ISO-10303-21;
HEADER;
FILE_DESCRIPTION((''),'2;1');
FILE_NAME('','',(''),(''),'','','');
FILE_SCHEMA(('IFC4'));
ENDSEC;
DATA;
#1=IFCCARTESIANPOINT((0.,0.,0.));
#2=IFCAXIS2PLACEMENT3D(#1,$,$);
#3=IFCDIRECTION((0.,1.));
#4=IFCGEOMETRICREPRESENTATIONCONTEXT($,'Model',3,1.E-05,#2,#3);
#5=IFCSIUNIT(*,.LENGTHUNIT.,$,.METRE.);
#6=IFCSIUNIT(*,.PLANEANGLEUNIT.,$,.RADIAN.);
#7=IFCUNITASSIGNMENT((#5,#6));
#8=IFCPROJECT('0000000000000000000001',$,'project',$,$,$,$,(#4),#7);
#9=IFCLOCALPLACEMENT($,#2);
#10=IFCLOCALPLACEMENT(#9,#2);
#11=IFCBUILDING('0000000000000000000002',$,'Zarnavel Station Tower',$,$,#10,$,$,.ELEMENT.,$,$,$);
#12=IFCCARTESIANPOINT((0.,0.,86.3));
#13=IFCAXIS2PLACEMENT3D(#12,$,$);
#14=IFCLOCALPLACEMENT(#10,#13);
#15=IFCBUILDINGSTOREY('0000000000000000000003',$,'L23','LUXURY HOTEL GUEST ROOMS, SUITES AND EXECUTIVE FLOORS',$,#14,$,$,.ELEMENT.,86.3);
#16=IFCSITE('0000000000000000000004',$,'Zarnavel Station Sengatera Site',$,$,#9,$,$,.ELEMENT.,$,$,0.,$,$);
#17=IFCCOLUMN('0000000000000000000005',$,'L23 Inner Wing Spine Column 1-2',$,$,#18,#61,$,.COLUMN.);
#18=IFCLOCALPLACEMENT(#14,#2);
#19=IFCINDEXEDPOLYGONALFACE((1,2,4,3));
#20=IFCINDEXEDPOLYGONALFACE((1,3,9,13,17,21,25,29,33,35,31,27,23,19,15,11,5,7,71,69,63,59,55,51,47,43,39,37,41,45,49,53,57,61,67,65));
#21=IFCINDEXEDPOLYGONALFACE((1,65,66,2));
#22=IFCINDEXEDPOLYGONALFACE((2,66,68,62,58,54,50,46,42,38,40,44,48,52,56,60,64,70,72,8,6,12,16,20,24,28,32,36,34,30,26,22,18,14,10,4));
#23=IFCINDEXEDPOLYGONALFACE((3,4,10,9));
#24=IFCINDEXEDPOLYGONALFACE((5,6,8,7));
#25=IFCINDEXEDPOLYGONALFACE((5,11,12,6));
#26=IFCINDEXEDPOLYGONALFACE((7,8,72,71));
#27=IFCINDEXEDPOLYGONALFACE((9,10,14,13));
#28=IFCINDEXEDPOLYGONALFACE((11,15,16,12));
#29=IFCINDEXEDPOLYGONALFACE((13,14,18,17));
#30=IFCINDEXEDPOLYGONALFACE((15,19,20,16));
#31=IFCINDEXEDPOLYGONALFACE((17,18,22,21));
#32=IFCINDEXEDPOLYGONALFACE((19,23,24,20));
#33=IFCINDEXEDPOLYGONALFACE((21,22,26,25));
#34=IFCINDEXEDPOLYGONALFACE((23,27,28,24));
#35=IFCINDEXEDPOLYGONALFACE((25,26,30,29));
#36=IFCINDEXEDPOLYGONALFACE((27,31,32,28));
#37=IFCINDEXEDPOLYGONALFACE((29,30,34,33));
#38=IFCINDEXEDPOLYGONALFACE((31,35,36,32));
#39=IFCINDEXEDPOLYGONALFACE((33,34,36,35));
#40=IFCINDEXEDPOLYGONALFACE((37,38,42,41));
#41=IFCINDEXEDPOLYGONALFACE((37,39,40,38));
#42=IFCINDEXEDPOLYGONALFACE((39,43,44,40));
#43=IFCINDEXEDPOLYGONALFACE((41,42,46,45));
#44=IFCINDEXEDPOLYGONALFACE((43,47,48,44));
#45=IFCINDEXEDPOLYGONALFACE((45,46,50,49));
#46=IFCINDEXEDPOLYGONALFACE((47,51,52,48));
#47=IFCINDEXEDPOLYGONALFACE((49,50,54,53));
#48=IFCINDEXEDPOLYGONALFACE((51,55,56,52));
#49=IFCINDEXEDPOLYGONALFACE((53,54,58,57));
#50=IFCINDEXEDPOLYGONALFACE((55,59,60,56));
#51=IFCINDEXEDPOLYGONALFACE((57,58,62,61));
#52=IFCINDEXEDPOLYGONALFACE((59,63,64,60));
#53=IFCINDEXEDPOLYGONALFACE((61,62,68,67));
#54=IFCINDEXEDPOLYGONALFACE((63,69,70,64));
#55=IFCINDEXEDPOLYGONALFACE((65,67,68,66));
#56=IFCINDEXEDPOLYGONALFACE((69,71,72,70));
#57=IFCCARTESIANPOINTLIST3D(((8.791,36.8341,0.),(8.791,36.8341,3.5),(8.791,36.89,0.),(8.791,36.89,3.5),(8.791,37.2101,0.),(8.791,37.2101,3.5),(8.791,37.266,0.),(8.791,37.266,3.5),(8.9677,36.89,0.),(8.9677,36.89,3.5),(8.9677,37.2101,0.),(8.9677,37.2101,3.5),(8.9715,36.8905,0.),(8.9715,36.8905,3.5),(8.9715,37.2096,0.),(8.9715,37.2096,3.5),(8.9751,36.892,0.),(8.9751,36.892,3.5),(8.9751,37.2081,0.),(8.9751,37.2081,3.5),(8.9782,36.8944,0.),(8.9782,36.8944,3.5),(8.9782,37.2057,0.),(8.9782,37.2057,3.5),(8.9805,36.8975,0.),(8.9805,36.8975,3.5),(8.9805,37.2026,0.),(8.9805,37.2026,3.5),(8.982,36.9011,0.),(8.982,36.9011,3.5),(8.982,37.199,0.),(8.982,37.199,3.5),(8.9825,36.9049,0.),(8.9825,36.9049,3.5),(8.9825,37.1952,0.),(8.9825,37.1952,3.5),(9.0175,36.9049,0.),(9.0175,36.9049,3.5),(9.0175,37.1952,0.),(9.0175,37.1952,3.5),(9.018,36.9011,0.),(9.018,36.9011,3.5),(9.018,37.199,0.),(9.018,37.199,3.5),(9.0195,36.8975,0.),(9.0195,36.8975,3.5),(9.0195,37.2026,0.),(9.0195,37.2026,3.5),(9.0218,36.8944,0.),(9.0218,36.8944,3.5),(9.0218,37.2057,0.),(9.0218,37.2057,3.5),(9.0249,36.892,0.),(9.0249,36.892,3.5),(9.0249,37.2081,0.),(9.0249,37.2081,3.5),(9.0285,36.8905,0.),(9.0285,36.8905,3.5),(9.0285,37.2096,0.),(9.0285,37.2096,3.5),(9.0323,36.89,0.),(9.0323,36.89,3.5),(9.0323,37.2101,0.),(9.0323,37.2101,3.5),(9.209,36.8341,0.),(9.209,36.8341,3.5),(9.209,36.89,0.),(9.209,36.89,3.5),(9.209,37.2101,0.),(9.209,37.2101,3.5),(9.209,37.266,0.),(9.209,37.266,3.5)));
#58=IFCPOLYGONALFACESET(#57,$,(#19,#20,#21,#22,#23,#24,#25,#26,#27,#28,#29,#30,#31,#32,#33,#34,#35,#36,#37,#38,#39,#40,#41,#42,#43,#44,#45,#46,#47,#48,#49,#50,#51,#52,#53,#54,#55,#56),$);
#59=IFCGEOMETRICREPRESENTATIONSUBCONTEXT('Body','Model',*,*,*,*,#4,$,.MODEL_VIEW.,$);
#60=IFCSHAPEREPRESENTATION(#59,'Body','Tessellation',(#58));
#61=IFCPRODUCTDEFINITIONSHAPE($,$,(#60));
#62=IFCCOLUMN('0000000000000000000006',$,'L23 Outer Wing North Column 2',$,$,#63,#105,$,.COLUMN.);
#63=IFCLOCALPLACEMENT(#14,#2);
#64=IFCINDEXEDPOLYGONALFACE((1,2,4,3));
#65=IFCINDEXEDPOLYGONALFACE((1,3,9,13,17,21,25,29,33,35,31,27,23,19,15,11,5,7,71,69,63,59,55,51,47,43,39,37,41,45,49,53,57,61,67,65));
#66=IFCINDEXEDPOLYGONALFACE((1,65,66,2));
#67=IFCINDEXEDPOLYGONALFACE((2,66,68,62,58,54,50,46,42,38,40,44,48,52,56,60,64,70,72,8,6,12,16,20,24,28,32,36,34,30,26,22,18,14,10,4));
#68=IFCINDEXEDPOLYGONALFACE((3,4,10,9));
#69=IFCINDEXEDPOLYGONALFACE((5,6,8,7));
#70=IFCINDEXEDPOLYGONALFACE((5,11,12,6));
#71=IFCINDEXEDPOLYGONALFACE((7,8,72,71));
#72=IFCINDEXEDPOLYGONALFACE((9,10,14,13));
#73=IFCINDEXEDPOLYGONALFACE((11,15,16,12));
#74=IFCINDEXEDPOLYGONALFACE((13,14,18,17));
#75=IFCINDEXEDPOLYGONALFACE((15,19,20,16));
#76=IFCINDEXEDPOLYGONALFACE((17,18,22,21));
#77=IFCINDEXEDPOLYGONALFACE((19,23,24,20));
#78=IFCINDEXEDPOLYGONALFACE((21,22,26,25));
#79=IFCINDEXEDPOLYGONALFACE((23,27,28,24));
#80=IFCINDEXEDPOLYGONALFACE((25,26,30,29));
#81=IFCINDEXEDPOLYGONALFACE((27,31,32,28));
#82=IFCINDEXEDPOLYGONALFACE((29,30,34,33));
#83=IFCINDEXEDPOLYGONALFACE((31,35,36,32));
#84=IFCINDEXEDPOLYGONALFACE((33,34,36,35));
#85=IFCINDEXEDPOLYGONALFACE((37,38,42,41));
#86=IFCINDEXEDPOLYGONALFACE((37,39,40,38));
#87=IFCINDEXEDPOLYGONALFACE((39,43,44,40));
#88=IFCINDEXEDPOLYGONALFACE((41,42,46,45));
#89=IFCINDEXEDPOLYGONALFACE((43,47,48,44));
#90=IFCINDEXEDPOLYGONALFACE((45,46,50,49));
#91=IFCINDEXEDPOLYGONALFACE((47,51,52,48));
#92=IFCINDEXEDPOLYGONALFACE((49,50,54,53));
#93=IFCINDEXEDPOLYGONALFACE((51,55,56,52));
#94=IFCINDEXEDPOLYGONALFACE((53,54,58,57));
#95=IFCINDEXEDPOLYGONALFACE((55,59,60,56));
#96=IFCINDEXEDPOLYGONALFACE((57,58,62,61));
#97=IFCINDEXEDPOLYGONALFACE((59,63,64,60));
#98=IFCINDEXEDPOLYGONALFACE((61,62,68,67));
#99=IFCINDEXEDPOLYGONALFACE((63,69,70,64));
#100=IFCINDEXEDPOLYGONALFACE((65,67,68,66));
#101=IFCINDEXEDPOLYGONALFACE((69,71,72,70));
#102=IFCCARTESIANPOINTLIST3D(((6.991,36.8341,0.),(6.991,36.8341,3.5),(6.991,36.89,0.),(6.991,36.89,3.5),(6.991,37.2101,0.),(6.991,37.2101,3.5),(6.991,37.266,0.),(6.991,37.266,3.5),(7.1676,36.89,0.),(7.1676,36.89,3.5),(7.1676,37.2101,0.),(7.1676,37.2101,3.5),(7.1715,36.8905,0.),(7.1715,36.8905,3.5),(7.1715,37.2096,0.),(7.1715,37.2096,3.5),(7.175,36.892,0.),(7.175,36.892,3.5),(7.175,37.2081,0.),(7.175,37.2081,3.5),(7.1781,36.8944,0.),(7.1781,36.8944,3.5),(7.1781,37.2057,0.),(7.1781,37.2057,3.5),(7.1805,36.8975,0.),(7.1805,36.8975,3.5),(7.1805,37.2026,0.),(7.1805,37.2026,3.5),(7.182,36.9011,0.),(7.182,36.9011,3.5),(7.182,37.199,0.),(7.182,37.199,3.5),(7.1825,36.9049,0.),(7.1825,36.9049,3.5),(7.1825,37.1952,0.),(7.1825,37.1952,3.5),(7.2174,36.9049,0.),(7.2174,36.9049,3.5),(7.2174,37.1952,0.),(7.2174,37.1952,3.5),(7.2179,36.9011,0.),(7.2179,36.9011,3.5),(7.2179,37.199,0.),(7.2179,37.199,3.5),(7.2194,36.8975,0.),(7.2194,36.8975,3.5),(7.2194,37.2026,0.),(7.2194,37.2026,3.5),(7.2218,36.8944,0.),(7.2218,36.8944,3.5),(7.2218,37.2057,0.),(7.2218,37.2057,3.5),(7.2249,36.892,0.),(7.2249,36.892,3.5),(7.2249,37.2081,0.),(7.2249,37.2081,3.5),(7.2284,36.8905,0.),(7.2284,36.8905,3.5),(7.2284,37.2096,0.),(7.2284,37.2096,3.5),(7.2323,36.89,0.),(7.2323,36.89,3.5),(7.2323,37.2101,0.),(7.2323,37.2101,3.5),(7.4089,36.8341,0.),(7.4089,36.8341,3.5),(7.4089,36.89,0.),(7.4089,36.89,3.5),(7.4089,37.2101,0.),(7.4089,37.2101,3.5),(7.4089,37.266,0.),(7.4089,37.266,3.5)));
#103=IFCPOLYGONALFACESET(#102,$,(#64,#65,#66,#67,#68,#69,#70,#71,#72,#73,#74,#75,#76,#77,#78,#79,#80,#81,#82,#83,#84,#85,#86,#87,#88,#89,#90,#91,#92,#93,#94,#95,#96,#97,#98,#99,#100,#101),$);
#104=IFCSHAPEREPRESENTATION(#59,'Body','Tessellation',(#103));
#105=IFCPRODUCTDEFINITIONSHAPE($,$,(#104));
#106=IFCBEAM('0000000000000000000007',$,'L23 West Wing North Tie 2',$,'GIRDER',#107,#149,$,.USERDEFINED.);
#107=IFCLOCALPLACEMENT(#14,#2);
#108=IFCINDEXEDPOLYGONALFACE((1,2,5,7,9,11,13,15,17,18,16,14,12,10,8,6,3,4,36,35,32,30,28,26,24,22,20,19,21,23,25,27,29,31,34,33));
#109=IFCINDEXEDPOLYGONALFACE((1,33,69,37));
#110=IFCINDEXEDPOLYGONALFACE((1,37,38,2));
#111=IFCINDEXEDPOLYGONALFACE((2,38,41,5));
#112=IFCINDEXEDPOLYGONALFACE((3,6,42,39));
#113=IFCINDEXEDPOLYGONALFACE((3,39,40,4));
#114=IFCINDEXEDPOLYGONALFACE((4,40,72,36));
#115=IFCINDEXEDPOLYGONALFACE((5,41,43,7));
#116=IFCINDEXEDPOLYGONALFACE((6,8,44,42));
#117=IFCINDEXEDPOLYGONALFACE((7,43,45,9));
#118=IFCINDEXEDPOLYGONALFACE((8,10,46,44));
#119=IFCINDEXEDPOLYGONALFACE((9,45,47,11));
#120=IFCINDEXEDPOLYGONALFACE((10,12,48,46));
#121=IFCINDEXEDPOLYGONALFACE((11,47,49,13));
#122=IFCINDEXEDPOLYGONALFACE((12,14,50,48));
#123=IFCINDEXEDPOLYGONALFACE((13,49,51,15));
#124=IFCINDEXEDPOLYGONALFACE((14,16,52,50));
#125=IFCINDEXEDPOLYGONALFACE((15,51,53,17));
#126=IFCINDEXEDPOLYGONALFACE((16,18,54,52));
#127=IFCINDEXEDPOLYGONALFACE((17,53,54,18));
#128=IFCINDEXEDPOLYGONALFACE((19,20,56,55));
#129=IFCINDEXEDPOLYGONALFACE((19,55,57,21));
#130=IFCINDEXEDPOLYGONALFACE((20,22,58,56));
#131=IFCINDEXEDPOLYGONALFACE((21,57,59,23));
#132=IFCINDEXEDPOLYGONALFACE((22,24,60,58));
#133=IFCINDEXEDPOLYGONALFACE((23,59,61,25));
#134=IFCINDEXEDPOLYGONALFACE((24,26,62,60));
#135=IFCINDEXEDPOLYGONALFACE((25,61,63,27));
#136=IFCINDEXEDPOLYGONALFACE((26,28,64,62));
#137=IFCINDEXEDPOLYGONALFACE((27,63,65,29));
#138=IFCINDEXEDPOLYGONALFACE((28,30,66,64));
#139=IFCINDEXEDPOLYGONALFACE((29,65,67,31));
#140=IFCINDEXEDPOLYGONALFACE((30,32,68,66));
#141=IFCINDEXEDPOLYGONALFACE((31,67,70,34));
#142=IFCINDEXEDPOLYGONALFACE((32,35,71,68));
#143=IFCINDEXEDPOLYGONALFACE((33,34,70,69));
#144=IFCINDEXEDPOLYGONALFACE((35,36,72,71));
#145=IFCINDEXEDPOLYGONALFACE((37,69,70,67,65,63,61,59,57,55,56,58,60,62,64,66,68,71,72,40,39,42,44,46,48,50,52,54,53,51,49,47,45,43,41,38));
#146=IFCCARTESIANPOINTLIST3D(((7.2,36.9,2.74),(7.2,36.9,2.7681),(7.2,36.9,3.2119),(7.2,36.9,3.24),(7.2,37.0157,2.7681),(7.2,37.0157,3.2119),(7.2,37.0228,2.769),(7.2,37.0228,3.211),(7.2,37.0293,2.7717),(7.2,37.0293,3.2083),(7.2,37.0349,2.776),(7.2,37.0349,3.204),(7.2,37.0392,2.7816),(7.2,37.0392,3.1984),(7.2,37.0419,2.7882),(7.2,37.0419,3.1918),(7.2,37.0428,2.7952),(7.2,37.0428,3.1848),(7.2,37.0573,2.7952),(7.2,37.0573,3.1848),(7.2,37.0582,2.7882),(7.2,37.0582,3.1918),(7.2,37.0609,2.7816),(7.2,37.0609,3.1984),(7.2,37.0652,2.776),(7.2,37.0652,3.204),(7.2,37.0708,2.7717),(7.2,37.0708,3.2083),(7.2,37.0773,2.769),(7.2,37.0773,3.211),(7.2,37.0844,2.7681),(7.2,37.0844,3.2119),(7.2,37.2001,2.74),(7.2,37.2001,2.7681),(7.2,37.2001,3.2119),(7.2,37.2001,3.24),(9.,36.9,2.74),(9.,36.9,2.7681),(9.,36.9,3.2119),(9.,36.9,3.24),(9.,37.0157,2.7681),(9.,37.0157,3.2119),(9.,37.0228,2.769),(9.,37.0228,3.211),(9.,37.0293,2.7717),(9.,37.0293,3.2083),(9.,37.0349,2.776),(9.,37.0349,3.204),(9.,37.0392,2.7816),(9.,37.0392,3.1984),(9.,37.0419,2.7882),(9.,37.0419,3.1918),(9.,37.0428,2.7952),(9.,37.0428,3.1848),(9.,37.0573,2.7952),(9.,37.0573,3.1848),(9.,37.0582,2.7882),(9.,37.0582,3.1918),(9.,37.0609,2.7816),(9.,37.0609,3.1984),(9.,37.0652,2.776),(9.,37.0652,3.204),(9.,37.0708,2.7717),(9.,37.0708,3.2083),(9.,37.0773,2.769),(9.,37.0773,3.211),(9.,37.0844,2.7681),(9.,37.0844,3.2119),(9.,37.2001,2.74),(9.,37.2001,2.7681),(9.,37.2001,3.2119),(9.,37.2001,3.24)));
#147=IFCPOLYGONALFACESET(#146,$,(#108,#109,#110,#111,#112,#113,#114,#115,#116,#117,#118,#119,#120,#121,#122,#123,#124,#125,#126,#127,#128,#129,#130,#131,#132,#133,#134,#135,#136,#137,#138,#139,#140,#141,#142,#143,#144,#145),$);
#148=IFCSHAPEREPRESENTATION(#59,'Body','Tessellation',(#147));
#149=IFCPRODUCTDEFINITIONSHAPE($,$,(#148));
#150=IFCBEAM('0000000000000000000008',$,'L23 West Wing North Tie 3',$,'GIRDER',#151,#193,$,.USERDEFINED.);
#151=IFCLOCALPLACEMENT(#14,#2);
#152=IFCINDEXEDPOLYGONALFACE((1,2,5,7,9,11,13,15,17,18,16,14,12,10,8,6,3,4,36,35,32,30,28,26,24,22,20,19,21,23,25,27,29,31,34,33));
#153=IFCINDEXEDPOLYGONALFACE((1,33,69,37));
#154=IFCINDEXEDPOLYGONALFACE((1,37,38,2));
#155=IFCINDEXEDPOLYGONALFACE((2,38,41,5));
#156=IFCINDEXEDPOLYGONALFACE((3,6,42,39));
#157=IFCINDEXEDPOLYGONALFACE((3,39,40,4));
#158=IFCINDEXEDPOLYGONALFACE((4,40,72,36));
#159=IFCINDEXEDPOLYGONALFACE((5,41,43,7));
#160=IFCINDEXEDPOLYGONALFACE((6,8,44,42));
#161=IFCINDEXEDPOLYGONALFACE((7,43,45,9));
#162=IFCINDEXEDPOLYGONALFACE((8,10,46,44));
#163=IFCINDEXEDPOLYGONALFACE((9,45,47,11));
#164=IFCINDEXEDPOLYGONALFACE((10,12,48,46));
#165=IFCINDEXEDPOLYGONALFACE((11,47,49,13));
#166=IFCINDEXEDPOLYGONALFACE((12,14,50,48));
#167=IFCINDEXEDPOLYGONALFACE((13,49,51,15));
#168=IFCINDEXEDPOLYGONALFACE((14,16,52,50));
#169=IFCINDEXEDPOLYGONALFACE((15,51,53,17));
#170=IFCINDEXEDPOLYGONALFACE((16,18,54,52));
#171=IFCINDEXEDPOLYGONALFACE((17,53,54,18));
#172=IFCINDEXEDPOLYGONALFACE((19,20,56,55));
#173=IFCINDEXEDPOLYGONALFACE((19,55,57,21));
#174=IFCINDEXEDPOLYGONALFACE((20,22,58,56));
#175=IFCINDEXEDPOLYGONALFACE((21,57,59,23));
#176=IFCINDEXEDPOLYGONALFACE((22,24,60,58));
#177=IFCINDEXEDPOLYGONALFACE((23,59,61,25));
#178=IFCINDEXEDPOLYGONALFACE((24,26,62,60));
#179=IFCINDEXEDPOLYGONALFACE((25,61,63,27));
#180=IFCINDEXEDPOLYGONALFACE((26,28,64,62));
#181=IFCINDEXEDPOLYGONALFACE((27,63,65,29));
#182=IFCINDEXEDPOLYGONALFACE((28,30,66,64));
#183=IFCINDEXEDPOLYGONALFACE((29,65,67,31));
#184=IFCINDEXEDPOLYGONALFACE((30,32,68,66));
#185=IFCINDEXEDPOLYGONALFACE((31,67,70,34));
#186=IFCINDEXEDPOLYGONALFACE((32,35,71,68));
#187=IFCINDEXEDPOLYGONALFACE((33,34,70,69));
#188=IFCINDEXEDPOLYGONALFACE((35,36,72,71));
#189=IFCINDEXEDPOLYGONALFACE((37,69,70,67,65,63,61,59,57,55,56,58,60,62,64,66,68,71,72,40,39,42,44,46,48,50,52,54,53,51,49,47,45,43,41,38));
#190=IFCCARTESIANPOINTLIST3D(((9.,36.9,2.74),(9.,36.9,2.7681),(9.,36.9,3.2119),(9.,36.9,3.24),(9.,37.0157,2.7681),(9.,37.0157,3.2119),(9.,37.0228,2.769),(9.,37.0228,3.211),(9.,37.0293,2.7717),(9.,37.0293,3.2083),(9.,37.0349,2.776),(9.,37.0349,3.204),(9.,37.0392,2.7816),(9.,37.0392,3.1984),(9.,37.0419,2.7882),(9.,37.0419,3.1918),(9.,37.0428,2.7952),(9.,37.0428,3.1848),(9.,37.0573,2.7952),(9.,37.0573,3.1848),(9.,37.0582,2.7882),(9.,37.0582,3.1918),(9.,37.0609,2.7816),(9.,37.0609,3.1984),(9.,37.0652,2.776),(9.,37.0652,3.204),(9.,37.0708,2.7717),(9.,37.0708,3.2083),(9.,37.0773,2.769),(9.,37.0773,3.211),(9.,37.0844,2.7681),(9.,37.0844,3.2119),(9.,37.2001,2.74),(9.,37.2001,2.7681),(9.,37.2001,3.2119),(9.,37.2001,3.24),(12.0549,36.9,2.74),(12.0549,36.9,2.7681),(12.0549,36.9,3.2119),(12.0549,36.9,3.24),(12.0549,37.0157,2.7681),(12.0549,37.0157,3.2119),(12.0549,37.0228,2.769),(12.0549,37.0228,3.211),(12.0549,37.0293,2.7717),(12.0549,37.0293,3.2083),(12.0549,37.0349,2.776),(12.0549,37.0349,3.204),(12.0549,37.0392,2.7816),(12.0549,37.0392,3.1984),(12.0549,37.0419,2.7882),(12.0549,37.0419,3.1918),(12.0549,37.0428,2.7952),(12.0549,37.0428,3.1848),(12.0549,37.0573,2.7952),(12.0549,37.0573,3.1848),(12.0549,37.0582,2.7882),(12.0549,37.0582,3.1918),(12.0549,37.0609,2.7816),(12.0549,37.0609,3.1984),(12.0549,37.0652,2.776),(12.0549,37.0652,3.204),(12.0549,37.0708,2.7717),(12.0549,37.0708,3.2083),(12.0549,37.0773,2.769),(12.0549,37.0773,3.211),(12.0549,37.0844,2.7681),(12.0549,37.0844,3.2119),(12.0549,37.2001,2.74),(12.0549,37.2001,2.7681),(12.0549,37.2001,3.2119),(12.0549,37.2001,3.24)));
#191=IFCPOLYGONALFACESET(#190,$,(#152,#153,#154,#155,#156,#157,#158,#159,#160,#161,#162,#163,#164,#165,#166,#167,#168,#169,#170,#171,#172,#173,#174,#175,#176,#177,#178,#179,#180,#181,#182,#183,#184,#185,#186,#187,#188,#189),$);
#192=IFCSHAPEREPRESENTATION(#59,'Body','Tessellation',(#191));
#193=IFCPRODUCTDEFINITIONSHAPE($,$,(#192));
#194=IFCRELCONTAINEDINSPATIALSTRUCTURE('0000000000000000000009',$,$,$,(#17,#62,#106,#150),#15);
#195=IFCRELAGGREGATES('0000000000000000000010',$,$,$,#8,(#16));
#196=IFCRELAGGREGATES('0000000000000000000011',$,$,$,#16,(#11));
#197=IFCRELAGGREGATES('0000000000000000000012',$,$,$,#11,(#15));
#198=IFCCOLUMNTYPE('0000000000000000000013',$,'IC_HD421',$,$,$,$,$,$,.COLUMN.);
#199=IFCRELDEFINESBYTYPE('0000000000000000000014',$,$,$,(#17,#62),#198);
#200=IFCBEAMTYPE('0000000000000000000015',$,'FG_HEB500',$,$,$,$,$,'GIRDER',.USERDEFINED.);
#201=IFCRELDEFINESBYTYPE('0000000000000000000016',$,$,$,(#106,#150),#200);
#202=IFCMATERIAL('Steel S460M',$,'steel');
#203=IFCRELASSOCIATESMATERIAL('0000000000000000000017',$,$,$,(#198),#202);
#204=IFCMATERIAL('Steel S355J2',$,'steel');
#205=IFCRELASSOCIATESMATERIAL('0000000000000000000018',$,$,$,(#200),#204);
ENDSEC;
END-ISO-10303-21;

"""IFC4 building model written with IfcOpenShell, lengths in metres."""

from ifc_helpers import new_model, si_unit, direction, frame, origin, origin_2d, place, context, subcontext, project, spatial, i_section, extrude, material, material_profile, profile_set, type_object, element, save


model = new_model("IFC4")

# Units and contexts
model_context = context("Model", 3, precision=1e-05, world=origin(), true_north=direction((0.0, 1.0)))
body_context = subcontext(model_context, "Body", "Model", "MODEL_VIEW")
ifc_project = project(units=[si_unit("LENGTHUNIT", "METRE"), si_unit("PLANEANGLEUNIT", "RADIAN")], contexts=[model_context])

# Site, building, storey
site_placement = place(None, origin())
site = spatial("IfcSite", under=ifc_project, at=site_placement, Name="Zarnavel Station Sengatera Site", CompositionType="ELEMENT", RefElevation=0.0)
building_placement = place(site_placement, origin())
building = spatial("IfcBuilding", under=site, at=building_placement, Name="Zarnavel Station Tower", CompositionType="ELEMENT")
storey_placement = place(building_placement, frame((0.0, 0.0, 86.3)))
storey = spatial("IfcBuildingStorey", under=building, at=storey_placement, Name="L23", Description="LUXURY HOTEL GUEST ROOMS, SUITES AND EXECUTIVE FLOORS", CompositionType="ELEMENT", Elevation=86.3)

# Columns
ifc_material_1 = material(Name="Steel S460M", Category="steel")
ifc_material_profile_1 = material_profile(ifc_material_1, i_section(OverallWidth=0.418, OverallDepth=0.4319, WebThickness=0.0349, FlangeThickness=0.0559, FilletRadius=0.0149, at=origin_2d()), Name="HD400x421")
ifc_profile_set_1 = profile_set([ifc_material_profile_1], Name="Steel S460M")
column_type = type_object("IfcColumnType", Name="IC_HD421", PredefinedType="COLUMN", material=ifc_profile_set_1)
for number, where, z_axis, x_axis, name in (
    (1, (9.0, 37.05, 0.0), (0.0, 0.0, 1.0), (1.0, 0.0, 0.0), "L23 Inner Wing Spine Column 1-2"),
    (2, (7.2, 37.05, 0.0), (0.0, 0.0, 1.0), (1.0, 0.0, 0.0), "L23 Outer Wing North Column 2"),
):
    element("IfcColumn", number, at=place(storey_placement, frame(where, z_axis=z_axis, x_axis=x_axis)), inside=storey, type_object=column_type, Name=name, PredefinedType="COLUMN", context=body_context, shape_type="SweptSolid", body=[
        extrude(i_section(OverallWidth=0.418, OverallDepth=0.4319, WebThickness=0.0349, FlangeThickness=0.0559, FilletRadius=0.0149, at=origin_2d()), origin(), (0.0, 0.0, 1.0), 3.5),
    ])

# Beams
ifc_material_2 = material(Name="Steel S355J2", Category="steel")
ifc_material_profile_2 = material_profile(ifc_material_2, i_section(OverallWidth=0.3, OverallDepth=0.5, WebThickness=0.0144, FlangeThickness=0.0281, FilletRadius=0.0271, at=origin_2d()), Name="HEB500")
ifc_profile_set_2 = profile_set([ifc_material_profile_2], Name="Steel S355J2")
beam_type = type_object("IfcBeamType", Name="FG_HEB500", ElementType="GIRDER", PredefinedType="USERDEFINED", material=ifc_profile_set_2)
beam_1_placement = place(storey_placement, frame((7.2, 37.05, 2.99), z_axis=(1.0, 0.0, 0.0), x_axis=(0.0, 1.0, 0.0)))
element("IfcBeam", 3, at=beam_1_placement, inside=storey, type_object=beam_type, Name="L23 West Wing North Tie 2", ObjectType="GIRDER", PredefinedType="USERDEFINED", context=body_context, shape_type="SweptSolid", body=[
    extrude(i_section(OverallWidth=0.3, OverallDepth=0.5, WebThickness=0.0144, FlangeThickness=0.0281, FilletRadius=0.0271, at=origin_2d()), origin(), (0.0, 0.0, 1.0), 1.8),
])
beam_2_placement = place(storey_placement, frame((9.0, 37.05, 2.99), z_axis=(1.0, 0.0, 0.0), x_axis=(0.0, 1.0, 0.0)))
element("IfcBeam", 4, at=beam_2_placement, inside=storey, type_object=beam_type, Name="L23 West Wing North Tie 3", ObjectType="GIRDER", PredefinedType="USERDEFINED", context=body_context, shape_type="SweptSolid", body=[
    extrude(i_section(OverallWidth=0.3, OverallDepth=0.5, WebThickness=0.0144, FlangeThickness=0.0281, FilletRadius=0.0271, at=origin_2d()), origin(), (0.0, 0.0, 1.0), 3.0549),
])

save(model, "model.ifc")
